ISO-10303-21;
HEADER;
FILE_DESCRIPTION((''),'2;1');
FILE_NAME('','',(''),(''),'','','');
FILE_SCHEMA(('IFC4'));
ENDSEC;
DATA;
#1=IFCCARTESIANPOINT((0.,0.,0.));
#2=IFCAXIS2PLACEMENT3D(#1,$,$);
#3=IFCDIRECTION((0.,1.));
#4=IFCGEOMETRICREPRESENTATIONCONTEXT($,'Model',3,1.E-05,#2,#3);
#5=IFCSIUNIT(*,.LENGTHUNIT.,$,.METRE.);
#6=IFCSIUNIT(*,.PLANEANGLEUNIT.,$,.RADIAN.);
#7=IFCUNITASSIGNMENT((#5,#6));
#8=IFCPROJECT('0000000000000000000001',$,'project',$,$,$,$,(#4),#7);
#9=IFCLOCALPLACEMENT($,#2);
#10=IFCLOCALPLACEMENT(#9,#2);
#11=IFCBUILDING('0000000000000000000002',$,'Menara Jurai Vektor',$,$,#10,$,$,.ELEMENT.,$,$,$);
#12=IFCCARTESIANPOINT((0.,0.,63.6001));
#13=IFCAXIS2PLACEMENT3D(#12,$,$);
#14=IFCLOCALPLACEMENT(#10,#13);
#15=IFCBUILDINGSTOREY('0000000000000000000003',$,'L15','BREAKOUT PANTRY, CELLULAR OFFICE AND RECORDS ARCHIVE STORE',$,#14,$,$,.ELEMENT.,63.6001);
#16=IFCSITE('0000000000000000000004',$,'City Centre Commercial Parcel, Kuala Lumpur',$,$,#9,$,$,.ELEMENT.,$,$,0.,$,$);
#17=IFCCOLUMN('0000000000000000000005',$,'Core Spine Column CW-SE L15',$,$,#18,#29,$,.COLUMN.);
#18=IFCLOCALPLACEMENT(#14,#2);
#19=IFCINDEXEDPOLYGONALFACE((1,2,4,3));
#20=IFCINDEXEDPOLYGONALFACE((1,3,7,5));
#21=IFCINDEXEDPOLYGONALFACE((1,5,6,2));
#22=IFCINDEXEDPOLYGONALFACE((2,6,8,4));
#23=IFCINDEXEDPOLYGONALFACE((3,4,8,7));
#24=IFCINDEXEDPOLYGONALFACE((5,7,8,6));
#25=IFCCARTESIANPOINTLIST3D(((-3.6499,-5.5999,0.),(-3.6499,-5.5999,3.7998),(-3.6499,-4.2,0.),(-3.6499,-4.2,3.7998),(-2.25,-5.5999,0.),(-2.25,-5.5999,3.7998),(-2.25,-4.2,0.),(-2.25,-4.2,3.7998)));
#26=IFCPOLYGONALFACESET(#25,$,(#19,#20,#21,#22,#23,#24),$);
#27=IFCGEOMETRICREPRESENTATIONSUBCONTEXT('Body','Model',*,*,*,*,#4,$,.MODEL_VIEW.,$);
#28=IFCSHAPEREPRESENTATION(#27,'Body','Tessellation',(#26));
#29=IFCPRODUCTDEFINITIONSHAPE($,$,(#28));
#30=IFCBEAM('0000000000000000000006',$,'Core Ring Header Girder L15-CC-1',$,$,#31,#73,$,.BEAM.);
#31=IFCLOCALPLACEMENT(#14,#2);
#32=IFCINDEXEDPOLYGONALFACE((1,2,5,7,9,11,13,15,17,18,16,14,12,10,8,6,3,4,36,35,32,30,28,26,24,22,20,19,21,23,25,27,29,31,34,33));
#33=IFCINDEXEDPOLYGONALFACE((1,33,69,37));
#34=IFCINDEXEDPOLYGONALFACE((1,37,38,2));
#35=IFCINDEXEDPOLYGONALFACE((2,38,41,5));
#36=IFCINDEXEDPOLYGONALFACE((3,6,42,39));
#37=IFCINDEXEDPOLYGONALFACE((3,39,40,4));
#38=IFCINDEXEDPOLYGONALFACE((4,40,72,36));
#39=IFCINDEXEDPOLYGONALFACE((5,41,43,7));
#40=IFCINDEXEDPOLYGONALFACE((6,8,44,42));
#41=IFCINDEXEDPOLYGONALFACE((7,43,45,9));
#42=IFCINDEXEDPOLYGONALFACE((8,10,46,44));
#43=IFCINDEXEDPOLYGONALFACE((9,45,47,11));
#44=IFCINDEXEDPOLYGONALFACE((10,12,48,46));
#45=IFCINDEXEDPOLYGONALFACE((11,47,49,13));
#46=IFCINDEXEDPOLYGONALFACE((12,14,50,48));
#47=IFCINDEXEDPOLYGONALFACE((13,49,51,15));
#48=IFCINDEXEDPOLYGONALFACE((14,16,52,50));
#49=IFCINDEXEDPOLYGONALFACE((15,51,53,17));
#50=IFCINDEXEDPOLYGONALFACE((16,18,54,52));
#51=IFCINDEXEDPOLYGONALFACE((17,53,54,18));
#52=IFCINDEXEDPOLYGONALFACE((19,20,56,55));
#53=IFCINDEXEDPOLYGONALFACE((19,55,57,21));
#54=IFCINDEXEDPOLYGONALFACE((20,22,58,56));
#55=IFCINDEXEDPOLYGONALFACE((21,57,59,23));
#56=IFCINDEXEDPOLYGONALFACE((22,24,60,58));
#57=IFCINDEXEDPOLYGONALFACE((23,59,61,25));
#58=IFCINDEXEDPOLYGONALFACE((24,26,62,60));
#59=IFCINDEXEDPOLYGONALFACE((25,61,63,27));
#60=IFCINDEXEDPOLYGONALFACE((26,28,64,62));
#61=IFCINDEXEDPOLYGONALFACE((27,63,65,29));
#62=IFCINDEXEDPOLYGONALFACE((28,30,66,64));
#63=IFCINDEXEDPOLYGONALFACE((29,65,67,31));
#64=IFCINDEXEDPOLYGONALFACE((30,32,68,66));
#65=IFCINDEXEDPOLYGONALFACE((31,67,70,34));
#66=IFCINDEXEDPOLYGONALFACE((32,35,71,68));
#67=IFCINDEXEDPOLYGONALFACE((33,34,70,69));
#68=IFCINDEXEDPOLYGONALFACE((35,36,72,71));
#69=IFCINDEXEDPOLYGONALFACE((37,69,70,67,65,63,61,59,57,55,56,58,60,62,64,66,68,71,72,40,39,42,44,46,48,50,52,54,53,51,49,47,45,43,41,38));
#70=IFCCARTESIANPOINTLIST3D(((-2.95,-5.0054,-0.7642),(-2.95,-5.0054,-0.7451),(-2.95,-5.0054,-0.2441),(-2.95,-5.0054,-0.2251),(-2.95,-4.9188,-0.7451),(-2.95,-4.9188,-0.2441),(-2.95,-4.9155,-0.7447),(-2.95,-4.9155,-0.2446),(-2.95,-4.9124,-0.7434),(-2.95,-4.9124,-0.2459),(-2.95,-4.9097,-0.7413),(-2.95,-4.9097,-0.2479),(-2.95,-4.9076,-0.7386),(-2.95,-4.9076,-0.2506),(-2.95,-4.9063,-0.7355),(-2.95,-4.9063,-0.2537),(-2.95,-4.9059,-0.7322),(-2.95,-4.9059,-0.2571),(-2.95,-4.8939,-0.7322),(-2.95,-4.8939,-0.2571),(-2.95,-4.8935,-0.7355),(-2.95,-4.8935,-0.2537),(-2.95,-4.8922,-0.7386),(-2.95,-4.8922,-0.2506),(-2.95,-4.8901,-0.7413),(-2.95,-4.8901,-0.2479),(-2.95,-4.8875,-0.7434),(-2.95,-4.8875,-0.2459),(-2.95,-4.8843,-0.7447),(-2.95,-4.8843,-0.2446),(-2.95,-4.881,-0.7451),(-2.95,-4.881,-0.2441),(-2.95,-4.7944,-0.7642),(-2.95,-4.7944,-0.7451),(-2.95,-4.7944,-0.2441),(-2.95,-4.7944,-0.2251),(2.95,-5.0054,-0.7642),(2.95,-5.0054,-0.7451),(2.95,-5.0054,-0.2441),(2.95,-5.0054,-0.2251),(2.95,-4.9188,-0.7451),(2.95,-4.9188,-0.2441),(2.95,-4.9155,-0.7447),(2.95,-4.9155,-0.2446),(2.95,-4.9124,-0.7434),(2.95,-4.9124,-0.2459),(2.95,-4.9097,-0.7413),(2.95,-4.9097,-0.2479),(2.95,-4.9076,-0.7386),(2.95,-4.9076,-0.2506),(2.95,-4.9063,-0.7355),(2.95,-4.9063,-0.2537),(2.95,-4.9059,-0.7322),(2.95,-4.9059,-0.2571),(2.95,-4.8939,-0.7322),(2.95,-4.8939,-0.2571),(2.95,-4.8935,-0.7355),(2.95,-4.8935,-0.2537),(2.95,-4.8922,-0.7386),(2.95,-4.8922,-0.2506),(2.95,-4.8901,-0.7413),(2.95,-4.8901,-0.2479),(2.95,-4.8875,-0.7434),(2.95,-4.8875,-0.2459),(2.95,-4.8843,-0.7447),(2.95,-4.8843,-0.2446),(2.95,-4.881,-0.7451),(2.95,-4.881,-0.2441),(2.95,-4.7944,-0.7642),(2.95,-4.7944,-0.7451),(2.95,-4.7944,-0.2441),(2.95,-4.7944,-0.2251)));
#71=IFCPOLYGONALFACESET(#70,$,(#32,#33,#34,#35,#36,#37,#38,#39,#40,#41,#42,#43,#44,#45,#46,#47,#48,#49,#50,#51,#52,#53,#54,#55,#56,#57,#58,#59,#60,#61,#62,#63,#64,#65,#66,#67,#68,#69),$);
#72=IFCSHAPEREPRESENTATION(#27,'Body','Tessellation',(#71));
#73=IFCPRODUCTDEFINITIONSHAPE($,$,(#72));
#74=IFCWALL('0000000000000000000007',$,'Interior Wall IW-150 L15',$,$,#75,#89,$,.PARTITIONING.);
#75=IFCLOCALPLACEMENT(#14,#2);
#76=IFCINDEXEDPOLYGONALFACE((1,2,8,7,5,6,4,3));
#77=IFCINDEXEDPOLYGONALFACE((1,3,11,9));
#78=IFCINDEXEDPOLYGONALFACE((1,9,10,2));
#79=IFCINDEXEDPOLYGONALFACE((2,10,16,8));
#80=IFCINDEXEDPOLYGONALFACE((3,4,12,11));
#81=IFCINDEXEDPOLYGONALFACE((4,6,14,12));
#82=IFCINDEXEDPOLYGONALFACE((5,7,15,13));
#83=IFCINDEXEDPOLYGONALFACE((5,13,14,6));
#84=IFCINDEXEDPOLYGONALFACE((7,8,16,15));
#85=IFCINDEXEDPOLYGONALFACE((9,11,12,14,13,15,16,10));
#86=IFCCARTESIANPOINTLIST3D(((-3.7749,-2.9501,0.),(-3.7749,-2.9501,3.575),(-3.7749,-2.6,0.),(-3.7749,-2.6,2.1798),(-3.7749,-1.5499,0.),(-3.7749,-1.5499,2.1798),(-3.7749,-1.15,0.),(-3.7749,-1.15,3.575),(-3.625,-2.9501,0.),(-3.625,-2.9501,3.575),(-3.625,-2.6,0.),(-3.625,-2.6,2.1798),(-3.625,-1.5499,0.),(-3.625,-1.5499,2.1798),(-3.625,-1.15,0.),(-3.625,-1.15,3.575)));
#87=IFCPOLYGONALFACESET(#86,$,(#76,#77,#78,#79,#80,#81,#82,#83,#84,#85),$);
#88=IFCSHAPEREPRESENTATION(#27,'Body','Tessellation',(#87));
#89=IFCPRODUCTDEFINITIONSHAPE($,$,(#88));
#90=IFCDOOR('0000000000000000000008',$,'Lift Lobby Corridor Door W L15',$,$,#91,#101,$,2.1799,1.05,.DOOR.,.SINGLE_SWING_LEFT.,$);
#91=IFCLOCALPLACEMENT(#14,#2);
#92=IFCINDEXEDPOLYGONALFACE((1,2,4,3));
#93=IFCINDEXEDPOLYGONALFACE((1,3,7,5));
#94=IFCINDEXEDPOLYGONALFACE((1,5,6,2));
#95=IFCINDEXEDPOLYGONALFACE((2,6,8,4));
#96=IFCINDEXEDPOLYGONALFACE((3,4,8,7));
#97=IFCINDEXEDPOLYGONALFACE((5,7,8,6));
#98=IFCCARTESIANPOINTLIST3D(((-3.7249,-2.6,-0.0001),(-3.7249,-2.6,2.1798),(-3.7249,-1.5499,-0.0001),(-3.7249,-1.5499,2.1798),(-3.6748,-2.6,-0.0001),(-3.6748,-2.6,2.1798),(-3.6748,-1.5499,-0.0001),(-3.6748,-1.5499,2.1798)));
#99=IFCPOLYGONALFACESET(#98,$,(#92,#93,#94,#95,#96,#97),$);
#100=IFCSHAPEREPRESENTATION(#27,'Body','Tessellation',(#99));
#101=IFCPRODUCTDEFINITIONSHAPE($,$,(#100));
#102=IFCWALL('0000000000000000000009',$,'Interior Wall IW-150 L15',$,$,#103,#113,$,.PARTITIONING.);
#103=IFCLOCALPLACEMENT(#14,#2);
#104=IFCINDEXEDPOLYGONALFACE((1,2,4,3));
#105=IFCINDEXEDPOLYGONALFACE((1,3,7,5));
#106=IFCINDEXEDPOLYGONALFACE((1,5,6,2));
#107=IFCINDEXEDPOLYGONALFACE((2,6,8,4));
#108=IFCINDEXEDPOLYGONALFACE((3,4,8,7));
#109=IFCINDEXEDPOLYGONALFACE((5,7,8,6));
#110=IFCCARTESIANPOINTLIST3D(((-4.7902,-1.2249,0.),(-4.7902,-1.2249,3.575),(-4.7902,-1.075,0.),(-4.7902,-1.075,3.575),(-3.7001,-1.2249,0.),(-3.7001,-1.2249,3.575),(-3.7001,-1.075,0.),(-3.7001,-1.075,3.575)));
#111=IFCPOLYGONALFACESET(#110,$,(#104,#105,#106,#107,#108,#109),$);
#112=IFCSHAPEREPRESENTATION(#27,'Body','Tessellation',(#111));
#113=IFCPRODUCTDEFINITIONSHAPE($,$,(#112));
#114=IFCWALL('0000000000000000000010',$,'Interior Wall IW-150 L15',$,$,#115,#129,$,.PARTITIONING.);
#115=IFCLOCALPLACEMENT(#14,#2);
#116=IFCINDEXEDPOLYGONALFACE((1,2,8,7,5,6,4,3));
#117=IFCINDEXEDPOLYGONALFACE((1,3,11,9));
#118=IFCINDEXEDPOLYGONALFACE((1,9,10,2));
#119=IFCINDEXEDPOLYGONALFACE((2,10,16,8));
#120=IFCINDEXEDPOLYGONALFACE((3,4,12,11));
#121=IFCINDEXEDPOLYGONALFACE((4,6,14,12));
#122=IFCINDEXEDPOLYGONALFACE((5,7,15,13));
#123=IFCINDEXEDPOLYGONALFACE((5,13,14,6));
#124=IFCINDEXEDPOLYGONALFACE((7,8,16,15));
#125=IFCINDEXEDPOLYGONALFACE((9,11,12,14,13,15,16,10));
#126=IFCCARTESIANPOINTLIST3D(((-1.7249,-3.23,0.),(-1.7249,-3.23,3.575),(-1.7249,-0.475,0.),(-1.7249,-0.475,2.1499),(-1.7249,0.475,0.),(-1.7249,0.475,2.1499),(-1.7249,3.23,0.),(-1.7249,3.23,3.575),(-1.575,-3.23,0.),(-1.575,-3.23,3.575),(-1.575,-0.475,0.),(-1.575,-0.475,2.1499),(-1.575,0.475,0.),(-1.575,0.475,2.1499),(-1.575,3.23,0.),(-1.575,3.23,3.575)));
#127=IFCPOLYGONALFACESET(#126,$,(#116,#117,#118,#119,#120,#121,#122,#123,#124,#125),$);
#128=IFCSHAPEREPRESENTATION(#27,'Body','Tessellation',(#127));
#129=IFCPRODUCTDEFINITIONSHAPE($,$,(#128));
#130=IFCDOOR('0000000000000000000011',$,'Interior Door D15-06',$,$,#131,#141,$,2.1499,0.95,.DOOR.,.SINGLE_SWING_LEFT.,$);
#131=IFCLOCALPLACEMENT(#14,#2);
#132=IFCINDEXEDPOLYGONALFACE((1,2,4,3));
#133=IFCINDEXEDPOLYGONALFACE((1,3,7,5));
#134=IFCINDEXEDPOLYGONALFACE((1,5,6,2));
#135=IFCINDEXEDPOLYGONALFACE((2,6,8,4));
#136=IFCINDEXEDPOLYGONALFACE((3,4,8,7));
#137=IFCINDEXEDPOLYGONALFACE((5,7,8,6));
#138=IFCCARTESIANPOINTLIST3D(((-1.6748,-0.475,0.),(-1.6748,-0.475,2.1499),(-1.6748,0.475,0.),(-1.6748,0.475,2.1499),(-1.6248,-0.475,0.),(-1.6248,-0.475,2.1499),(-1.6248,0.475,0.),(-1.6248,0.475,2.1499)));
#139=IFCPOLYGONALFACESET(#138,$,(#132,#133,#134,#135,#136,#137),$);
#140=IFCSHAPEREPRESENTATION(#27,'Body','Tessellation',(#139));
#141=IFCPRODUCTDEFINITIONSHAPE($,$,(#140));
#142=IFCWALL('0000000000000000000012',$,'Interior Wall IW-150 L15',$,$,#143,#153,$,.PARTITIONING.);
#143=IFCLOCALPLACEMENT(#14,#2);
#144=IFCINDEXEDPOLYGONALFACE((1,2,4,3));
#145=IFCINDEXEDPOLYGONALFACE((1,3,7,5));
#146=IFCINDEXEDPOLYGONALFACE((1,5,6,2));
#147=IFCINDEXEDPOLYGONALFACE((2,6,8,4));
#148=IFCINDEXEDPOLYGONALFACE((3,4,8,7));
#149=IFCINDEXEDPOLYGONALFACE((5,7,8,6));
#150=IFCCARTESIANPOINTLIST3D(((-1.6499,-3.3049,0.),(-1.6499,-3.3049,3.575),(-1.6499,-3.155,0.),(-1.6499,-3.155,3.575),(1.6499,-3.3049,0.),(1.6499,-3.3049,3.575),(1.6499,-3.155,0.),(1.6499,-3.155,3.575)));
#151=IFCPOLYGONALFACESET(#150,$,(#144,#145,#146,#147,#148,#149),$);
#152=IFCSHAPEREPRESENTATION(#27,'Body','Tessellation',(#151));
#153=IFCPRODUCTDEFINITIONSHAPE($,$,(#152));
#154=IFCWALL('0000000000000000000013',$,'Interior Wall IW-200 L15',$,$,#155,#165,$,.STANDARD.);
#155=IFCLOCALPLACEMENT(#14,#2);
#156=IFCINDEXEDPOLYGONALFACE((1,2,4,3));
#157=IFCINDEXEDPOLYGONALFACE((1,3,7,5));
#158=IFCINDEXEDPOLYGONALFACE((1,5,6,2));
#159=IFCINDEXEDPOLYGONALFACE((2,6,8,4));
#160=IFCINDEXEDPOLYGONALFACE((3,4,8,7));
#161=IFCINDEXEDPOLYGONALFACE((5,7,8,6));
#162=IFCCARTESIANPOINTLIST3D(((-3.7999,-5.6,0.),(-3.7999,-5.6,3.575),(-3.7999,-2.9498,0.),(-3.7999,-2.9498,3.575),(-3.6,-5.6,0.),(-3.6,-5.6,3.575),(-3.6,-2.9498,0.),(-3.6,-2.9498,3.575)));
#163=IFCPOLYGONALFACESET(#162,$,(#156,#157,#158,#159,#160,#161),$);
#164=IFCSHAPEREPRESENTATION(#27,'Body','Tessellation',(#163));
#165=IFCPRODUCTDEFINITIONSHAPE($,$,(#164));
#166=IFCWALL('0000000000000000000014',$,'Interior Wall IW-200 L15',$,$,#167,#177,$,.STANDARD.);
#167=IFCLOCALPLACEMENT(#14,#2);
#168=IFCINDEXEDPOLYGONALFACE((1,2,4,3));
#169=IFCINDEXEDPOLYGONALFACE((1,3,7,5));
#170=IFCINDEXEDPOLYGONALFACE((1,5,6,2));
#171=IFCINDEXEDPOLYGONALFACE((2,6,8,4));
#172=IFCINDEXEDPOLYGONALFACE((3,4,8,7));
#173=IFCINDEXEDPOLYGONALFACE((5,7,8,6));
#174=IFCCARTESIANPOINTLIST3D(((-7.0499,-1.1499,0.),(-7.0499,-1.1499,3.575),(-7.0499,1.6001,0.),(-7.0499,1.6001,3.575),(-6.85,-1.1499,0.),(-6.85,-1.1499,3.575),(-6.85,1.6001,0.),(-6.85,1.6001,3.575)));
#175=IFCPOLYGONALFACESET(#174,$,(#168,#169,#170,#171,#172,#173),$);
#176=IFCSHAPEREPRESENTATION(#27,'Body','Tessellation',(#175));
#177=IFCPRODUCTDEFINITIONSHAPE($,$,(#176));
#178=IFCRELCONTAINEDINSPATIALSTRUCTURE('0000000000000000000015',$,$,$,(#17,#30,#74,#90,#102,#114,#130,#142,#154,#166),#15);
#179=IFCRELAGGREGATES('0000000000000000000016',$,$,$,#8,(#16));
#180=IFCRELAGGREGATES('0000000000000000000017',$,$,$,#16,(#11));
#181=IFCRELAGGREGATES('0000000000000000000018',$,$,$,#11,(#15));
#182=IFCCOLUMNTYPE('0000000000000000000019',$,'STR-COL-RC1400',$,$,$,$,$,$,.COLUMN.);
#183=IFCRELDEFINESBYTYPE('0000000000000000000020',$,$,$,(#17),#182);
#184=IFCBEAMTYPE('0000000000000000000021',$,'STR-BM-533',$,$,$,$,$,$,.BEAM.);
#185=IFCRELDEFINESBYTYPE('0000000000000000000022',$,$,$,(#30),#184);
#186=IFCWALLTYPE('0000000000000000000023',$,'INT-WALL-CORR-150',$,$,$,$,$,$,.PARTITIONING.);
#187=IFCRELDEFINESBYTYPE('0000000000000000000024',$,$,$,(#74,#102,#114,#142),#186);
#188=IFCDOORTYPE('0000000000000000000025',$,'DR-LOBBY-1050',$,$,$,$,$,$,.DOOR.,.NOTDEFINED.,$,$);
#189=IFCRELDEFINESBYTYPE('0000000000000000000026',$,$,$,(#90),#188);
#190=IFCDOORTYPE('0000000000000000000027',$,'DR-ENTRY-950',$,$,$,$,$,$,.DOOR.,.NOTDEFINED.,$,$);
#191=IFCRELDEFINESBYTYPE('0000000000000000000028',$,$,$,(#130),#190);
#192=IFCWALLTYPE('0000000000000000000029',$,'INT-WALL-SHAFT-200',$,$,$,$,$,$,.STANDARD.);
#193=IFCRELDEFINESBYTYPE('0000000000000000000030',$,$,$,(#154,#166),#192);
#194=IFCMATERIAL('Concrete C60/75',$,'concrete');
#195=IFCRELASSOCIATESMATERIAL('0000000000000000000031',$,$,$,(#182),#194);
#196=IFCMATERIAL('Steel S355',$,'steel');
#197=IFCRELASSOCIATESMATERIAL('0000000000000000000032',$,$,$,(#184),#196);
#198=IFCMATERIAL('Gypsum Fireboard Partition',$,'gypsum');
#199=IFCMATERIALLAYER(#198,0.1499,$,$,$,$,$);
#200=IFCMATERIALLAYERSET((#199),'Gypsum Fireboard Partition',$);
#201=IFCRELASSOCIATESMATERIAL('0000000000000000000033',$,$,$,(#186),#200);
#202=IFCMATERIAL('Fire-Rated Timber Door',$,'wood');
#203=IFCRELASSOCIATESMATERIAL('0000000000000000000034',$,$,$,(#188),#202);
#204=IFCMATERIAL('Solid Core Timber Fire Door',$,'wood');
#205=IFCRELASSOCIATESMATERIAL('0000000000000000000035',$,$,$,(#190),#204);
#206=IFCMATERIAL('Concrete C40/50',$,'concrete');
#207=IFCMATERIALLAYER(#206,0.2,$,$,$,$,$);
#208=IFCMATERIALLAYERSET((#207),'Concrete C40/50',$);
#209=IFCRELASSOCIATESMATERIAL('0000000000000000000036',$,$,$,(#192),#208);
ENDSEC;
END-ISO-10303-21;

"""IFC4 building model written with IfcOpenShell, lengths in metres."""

from ifc_helpers import new_model, si_unit, direction, frame, frame_2d, origin, origin_2d, place, context, subcontext, project, spatial, rectangle, i_section, extrude, material, layer, layer_set, material_profile, profile_set, type_object, element, fill, save


model = new_model("IFC4")

# Units and contexts
model_context = context("Model", 3, precision=1e-05, world=origin(), true_north=direction((0.0, 1.0)))
body_context = subcontext(model_context, "Body", "Model", "MODEL_VIEW")
ifc_project = project(units=[si_unit("LENGTHUNIT", "METRE"), si_unit("PLANEANGLEUNIT", "RADIAN")], contexts=[model_context])

# Site, building, storey
site_placement = place(None, origin())
site = spatial("IfcSite", under=ifc_project, at=site_placement, Name="City Centre Commercial Parcel, Kuala Lumpur", CompositionType="ELEMENT", RefElevation=0.0)
building_placement = place(site_placement, origin())
building = spatial("IfcBuilding", under=site, at=building_placement, Name="Menara Jurai Vektor", CompositionType="ELEMENT")
storey_placement = place(building_placement, frame((0.0, 0.0, 63.6001)))
storey = spatial("IfcBuildingStorey", under=building, at=storey_placement, Name="L15", Description="BREAKOUT PANTRY, CELLULAR OFFICE AND RECORDS ARCHIVE STORE", CompositionType="ELEMENT", Elevation=63.6001)

# Column
ifc_material_1 = material(Name="Concrete C60/75", Category="concrete")
ifc_material_profile_1 = material_profile(ifc_material_1, rectangle(XDim=1.3999, YDim=1.3999, at=origin_2d()), Name="RC 1400x1400")
ifc_profile_set_1 = profile_set([ifc_material_profile_1], Name="Concrete C60/75")
column_type = type_object("IfcColumnType", Name="STR-COL-RC1400", PredefinedType="COLUMN", material=ifc_profile_set_1)
column_placement = place(storey_placement, frame((-2.95, -4.8999, 0.0), z_axis=(0.0, 0.0, 1.0), x_axis=(1.0, 0.0, 0.0)))
element("IfcColumn", 1, at=column_placement, inside=storey, type_object=column_type, Name="Core Spine Column CW-SE L15", PredefinedType="COLUMN", context=body_context, shape_type="SweptSolid", body=[
    extrude(rectangle(XDim=1.3999, YDim=1.3999, at=origin_2d()), origin(), (0.0, 0.0, 1.0), 3.7998),
])

# Beam
ifc_material_2 = material(Name="Steel S355", Category="steel")
ifc_material_profile_2 = material_profile(ifc_material_2, i_section(OverallWidth=0.2109, OverallDepth=0.5391, WebThickness=0.012, FlangeThickness=0.019, FilletRadius=0.0129, at=origin_2d()), Name="UKB 533x210x109")
ifc_profile_set_2 = profile_set([ifc_material_profile_2], Name="Steel S355")
beam_type = type_object("IfcBeamType", Name="STR-BM-533", PredefinedType="BEAM", material=ifc_profile_set_2)
beam_placement = place(storey_placement, frame((-2.95, -4.8999, -0.4946), z_axis=(1.0, 0.0, 0.0), x_axis=(0.0, 1.0, 0.0)))
element("IfcBeam", 2, at=beam_placement, inside=storey, type_object=beam_type, Name="Core Ring Header Girder L15-CC-1", PredefinedType="BEAM", context=body_context, shape_type="SweptSolid", body=[
    extrude(i_section(OverallWidth=0.2109, OverallDepth=0.5391, WebThickness=0.012, FlangeThickness=0.019, FilletRadius=0.0129, at=origin_2d()), origin(), (0.0, 0.0, 1.0), 5.8999),
])

# Wall, opening, door
ifc_material_3 = material(Name="Gypsum Fireboard Partition", Category="gypsum")
ifc_layer_1 = layer(ifc_material_3, 0.1499)
ifc_layer_set_1 = layer_set([ifc_layer_1], Name="Gypsum Fireboard Partition")
wall_type_1 = type_object("IfcWallType", Name="INT-WALL-CORR-150", PredefinedType="PARTITIONING", material=ifc_layer_set_1)
wall_1_placement = place(storey_placement, frame((-3.7, -2.95, 0.0), z_axis=(0.0, 0.0, 1.0), x_axis=(0.0, 1.0, 0.0)))
wall_1 = element("IfcWall", 3, at=wall_1_placement, inside=storey, type_object=wall_type_1, Name="Interior Wall IW-150 L15", PredefinedType="PARTITIONING", context=body_context, shape_type="SweptSolid", body=[
    extrude(rectangle(XDim=1.8, YDim=0.1499, at=frame_2d((0.8999, 0.0))), origin(), (0.0, 0.0, 1.0), 3.575),
])
opening_1_placement = place(wall_1_placement, frame((0.3501, 0.0, 0.0)))
opening_1 = element("IfcOpeningElement", 4, at=opening_1_placement, cuts=wall_1, PredefinedType="OPENING", context=body_context, shape_type="SweptSolid", body=[
    extrude(rectangle(XDim=1.05, YDim=2.1799, at=frame_2d((0.5249, 1.0898))), frame((0.0, 0.085, 0.0), z_axis=(0.0, -1.0, 0.0), x_axis=(1.0, 0.0, 0.0)), (0.0, 0.0, 1.0), 0.1699),
])
ifc_material_4 = material(Name="Fire-Rated Timber Door", Category="wood")
door_type_1 = type_object("IfcDoorType", Name="DR-LOBBY-1050", OperationType="NOTDEFINED", PredefinedType="DOOR", material=ifc_material_4)
door_1_placement = place(opening_1_placement, origin())
door_1 = element("IfcDoor", 5, at=door_1_placement, inside=storey, type_object=door_type_1, Name="Lift Lobby Corridor Door W L15", OperationType="SINGLE_SWING_LEFT", OverallHeight=2.1799, OverallWidth=1.05, PredefinedType="DOOR", context=body_context, shape_type="SweptSolid", body=[
    extrude(rectangle(XDim=1.05, YDim=2.1799, at=frame_2d((0.5249, 1.0898))), frame((0.0, 0.0249, 0.0), z_axis=(0.0, -1.0, 0.0), x_axis=(1.0, 0.0, 0.0)), (0.0, 0.0, 1.0), 0.05),
])
fill(opening_1, door_1)

# Wall
wall_2_placement = place(storey_placement, frame((-4.79, -1.1499, 0.0), z_axis=(0.0, 0.0, 1.0), x_axis=(1.0, 0.0, 0.0)))
element("IfcWall", 6, at=wall_2_placement, inside=storey, type_object=wall_type_1, Name="Interior Wall IW-150 L15", PredefinedType="PARTITIONING", context=body_context, shape_type="SweptSolid", body=[
    extrude(rectangle(XDim=1.0901, YDim=0.1499, at=frame_2d((0.5449, 0.0))), origin(), (0.0, 0.0, 1.0), 3.575),
])

# Wall, opening, door
wall_3_placement = place(storey_placement, frame((-1.6499, -3.23, 0.0), z_axis=(0.0, 0.0, 1.0), x_axis=(0.0, 1.0, 0.0)))
wall_3 = element("IfcWall", 7, at=wall_3_placement, inside=storey, type_object=wall_type_1, Name="Interior Wall IW-150 L15", PredefinedType="PARTITIONING", context=body_context, shape_type="SweptSolid", body=[
    extrude(rectangle(XDim=6.46, YDim=0.1499, at=frame_2d((3.23, 0.0))), origin(), (0.0, 0.0, 1.0), 3.575),
])
opening_2_placement = place(wall_3_placement, frame((2.7549, 0.0, 0.0)))
opening_2 = element("IfcOpeningElement", 8, at=opening_2_placement, cuts=wall_3, PredefinedType="OPENING", context=body_context, shape_type="SweptSolid", body=[
    extrude(rectangle(XDim=0.95, YDim=2.1499, at=frame_2d((0.4751, 1.075))), frame((0.0, 0.085, 0.0), z_axis=(0.0, -1.0, 0.0), x_axis=(1.0, 0.0, 0.0)), (0.0, 0.0, 1.0), 0.1699),
])
ifc_material_5 = material(Name="Solid Core Timber Fire Door", Category="wood")
door_type_2 = type_object("IfcDoorType", Name="DR-ENTRY-950", OperationType="NOTDEFINED", PredefinedType="DOOR", material=ifc_material_5)
door_2_placement = place(opening_2_placement, origin())
door_2 = element("IfcDoor", 9, at=door_2_placement, inside=storey, type_object=door_type_2, Name="Interior Door D15-06", OperationType="SINGLE_SWING_LEFT", OverallHeight=2.1499, OverallWidth=0.95, PredefinedType="DOOR", context=body_context, shape_type="SweptSolid", body=[
    extrude(rectangle(XDim=0.95, YDim=2.1499, at=frame_2d((0.4751, 1.075))), frame((0.0, 0.0249, 0.0), z_axis=(0.0, -1.0, 0.0), x_axis=(1.0, 0.0, 0.0)), (0.0, 0.0, 1.0), 0.05),
])
fill(opening_2, door_2)

# Wall
wall_4_placement = place(storey_placement, frame((-1.6499, -3.23, 0.0), z_axis=(0.0, 0.0, 1.0), x_axis=(1.0, 0.0, 0.0)))
element("IfcWall", 10, at=wall_4_placement, inside=storey, type_object=wall_type_1, Name="Interior Wall IW-150 L15", PredefinedType="PARTITIONING", context=body_context, shape_type="SweptSolid", body=[
    extrude(rectangle(XDim=3.2998, YDim=0.1499, at=frame_2d((1.6499, 0.0))), origin(), (0.0, 0.0, 1.0), 3.575),
])

# Shared definitions
ifc_material_6 = material(Name="Concrete C40/50", Category="concrete")
ifc_layer_2 = layer(ifc_material_6, 0.2)
ifc_layer_set_2 = layer_set([ifc_layer_2], Name="Concrete C40/50")
wall_type_2 = type_object("IfcWallType", Name="INT-WALL-SHAFT-200", PredefinedType="STANDARD", material=ifc_layer_set_2)

# Walls
wall_5_placement = place(storey_placement, frame((-3.7, -5.6001, 0.0), z_axis=(0.0, 0.0, 1.0), x_axis=(0.0, 1.0, 0.0)))
element("IfcWall", 11, at=wall_5_placement, inside=storey, type_object=wall_type_2, Name="Interior Wall IW-200 L15", PredefinedType="STANDARD", context=body_context, shape_type="SweptSolid", body=[
    extrude(rectangle(XDim=2.6501, YDim=0.2, at=frame_2d((1.3252, 0.0))), origin(), (0.0, 0.0, 1.0), 3.575),
])
for number, where, z_axis, x_axis, name in (
    (12, (-6.95, -1.1499, 0.0), (0.0, 0.0, 1.0), (0.0, 1.0, 0.0), "Interior Wall IW-200 L15"),
):
    element("IfcWall", number, at=place(storey_placement, frame(where, z_axis=z_axis, x_axis=x_axis)), inside=storey, type_object=wall_type_2, Name=name, PredefinedType="STANDARD", context=body_context, shape_type="SweptSolid", body=[
        extrude(rectangle(XDim=2.75, YDim=0.2, at=frame_2d((1.375, 0.0))), origin(), (0.0, 0.0, 1.0), 3.575),
    ])

save(model, "model.ifc")
